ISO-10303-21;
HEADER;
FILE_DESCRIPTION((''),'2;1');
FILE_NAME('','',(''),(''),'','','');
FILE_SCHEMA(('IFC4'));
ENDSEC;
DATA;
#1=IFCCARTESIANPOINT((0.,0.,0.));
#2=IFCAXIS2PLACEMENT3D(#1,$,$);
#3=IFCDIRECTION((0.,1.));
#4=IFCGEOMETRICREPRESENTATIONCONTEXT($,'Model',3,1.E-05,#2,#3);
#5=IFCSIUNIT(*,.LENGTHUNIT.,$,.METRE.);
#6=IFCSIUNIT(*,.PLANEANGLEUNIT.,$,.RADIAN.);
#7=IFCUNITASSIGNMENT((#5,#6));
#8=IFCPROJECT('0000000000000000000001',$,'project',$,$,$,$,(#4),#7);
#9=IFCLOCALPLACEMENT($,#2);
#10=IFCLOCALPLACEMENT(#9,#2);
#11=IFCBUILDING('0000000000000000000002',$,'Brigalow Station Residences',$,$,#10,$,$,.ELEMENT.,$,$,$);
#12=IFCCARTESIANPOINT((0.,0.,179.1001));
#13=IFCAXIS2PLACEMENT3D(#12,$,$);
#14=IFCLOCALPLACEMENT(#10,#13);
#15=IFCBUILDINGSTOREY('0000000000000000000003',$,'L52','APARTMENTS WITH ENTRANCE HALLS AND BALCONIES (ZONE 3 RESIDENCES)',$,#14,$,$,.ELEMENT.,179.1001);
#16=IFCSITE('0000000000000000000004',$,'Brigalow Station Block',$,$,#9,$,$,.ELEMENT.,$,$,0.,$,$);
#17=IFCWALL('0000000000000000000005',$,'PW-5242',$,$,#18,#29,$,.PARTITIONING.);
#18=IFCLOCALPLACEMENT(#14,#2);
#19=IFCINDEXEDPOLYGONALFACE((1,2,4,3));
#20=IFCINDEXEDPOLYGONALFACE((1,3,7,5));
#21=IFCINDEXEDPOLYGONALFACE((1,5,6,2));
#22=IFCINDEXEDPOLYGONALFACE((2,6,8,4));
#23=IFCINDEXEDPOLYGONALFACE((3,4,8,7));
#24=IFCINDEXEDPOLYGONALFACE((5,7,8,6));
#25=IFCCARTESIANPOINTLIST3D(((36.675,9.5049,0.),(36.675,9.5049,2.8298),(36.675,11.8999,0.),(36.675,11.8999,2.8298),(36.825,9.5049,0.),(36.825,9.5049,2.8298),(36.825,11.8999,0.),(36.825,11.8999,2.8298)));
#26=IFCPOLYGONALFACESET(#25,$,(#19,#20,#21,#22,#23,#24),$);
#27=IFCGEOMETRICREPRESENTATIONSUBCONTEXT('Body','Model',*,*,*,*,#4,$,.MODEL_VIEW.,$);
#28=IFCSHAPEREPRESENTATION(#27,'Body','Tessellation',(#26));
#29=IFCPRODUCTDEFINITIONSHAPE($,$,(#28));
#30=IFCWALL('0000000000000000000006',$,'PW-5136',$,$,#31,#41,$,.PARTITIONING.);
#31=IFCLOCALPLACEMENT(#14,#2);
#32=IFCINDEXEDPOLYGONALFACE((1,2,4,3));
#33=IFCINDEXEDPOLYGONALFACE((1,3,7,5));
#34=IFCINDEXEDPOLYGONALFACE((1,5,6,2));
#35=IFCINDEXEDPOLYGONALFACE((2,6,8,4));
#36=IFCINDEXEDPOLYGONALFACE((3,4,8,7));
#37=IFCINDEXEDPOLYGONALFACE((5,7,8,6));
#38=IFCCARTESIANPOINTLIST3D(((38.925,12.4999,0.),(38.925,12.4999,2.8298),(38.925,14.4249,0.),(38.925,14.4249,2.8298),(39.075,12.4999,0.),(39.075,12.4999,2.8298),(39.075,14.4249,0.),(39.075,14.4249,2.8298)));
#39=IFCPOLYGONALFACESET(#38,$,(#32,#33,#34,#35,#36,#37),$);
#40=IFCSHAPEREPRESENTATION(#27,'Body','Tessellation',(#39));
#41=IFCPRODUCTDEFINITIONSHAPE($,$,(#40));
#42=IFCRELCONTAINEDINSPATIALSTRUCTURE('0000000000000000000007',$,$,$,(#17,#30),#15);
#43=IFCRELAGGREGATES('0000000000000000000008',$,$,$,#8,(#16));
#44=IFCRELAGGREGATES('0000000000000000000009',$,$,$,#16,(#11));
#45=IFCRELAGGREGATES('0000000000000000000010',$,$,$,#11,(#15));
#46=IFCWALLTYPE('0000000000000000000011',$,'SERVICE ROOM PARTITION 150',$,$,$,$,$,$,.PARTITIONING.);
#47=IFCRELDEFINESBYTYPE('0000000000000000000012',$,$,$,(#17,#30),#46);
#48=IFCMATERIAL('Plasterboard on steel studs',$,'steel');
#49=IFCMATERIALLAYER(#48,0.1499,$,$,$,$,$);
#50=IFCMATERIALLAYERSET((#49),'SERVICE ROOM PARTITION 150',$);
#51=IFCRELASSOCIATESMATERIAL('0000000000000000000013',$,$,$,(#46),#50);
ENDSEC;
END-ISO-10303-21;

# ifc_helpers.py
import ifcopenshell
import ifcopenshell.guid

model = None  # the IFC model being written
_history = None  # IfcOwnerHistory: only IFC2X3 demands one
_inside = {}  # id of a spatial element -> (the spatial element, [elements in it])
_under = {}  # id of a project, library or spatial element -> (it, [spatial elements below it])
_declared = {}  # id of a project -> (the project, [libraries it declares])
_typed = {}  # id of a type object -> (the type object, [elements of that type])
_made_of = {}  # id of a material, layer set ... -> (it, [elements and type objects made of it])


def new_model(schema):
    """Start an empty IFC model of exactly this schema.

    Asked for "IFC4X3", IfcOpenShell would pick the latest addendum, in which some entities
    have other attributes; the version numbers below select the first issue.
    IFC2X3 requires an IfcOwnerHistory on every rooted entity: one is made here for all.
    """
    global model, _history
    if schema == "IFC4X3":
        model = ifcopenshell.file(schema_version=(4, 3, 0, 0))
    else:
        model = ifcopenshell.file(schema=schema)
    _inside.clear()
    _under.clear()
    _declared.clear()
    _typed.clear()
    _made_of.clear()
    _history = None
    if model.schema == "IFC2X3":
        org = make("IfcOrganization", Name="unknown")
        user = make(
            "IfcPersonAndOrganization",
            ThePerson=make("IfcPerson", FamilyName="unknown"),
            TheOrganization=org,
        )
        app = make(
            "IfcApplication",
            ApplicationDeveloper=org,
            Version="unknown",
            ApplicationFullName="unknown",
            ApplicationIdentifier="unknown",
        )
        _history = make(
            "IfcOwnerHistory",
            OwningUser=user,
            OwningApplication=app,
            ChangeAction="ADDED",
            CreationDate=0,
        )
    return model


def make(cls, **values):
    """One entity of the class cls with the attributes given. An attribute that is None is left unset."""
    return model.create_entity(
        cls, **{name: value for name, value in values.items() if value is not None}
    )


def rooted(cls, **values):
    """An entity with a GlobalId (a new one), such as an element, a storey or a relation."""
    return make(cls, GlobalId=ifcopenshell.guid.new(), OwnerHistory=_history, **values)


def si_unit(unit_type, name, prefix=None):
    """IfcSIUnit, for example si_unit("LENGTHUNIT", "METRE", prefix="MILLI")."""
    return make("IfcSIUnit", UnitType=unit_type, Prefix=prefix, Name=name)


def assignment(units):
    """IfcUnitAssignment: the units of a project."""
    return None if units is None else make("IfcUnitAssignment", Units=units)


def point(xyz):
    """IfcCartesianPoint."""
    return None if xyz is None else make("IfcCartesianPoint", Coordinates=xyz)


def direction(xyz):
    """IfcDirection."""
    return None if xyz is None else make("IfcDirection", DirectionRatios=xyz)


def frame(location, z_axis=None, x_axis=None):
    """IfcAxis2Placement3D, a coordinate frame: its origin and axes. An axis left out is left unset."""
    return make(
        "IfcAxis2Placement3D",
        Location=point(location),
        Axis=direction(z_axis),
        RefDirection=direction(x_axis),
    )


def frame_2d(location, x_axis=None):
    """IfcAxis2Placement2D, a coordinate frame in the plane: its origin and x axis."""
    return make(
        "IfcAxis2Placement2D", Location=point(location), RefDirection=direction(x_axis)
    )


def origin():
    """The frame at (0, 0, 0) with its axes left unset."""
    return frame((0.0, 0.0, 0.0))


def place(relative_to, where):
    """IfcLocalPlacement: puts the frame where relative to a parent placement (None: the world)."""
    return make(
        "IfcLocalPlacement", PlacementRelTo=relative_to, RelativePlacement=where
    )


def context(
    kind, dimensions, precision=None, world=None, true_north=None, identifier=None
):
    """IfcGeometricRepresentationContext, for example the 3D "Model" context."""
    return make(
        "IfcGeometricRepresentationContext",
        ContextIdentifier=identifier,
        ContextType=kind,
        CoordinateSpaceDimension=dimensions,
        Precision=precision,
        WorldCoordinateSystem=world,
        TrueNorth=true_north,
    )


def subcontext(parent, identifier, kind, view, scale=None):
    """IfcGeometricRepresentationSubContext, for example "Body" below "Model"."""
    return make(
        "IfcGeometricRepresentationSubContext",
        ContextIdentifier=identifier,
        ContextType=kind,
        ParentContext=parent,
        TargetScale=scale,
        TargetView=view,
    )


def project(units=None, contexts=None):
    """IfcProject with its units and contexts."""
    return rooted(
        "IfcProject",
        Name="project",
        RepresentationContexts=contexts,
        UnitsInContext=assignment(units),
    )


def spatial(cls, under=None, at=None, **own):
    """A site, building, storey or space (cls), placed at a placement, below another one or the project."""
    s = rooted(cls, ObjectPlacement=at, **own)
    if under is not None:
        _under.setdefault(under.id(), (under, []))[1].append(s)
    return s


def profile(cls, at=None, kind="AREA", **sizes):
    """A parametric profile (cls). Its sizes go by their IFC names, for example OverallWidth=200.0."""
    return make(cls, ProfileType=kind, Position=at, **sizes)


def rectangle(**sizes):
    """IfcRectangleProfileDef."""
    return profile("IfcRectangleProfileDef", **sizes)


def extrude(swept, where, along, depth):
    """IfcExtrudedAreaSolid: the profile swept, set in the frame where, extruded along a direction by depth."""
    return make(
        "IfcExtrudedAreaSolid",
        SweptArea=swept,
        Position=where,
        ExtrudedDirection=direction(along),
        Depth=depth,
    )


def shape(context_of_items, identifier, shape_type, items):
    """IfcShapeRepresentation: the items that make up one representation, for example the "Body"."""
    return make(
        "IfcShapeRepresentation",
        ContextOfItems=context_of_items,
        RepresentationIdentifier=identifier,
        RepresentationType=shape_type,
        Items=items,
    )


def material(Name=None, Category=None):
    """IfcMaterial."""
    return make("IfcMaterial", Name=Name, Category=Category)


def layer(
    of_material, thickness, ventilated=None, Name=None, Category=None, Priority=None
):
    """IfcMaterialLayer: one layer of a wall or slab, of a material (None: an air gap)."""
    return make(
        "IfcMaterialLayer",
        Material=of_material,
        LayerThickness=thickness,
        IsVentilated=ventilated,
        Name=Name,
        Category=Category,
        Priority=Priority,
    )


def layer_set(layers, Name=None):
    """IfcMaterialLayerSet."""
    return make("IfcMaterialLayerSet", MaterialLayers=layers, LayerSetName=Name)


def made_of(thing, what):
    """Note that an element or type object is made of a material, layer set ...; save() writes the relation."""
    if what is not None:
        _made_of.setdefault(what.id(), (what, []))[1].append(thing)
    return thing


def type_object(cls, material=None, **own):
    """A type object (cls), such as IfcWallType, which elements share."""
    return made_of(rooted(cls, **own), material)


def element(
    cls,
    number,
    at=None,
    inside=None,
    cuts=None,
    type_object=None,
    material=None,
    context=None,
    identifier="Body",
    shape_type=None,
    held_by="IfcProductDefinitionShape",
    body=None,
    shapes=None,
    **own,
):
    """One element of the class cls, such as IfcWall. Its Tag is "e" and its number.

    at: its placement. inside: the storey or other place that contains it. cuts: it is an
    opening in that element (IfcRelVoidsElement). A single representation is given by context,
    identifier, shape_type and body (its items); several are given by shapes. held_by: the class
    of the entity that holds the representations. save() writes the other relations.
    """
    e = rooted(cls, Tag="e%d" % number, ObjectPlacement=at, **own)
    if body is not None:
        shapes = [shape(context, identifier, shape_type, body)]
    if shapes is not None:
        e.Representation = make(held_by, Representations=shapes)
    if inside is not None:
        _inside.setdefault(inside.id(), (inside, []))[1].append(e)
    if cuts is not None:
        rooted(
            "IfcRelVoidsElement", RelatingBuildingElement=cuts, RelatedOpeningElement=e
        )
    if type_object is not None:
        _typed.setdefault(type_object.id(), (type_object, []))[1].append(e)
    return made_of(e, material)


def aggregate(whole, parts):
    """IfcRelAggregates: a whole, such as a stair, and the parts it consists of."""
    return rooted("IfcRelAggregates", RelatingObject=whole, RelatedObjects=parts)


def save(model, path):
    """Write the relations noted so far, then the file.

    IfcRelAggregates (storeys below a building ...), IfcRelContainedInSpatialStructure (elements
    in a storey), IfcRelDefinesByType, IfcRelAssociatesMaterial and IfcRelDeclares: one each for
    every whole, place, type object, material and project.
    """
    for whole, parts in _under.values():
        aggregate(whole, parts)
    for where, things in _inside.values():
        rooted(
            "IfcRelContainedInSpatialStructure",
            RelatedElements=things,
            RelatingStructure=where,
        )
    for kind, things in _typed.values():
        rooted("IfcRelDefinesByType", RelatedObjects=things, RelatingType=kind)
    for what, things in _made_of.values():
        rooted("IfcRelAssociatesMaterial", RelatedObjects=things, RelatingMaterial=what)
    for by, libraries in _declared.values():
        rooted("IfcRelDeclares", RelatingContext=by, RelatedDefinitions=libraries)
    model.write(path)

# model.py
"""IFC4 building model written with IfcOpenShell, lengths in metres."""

from ifc_helpers import new_model, si_unit, direction, frame, frame_2d, origin, place, context, subcontext, project, spatial, rectangle, extrude, material, layer, layer_set, type_object, element, save


model = new_model("IFC4")

# Units and contexts
model_context = context("Model", 3, precision=1e-05, world=origin(), true_north=direction((0.0, 1.0)))
body_context = subcontext(model_context, "Body", "Model", "MODEL_VIEW")
ifc_project = project(units=[si_unit("LENGTHUNIT", "METRE"), si_unit("PLANEANGLEUNIT", "RADIAN")], contexts=[model_context])

# Site, building, storey
site_placement = place(None, origin())
site = spatial("IfcSite", under=ifc_project, at=site_placement, Name="Brigalow Station Block", CompositionType="ELEMENT", RefElevation=0.0)
building_placement = place(site_placement, origin())
building = spatial("IfcBuilding", under=site, at=building_placement, Name="Brigalow Station Residences", CompositionType="ELEMENT")
storey_placement = place(building_placement, frame((0.0, 0.0, 179.1001)))
storey = spatial("IfcBuildingStorey", under=building, at=storey_placement, Name="L52", Description="APARTMENTS WITH ENTRANCE HALLS AND BALCONIES (ZONE 3 RESIDENCES)", CompositionType="ELEMENT", Elevation=179.1001)

# Shared definitions
ifc_material_1 = material(Name="Plasterboard on steel studs", Category="steel")
ifc_layer_1 = layer(ifc_material_1, 0.1499)
ifc_layer_set_1 = layer_set([ifc_layer_1], Name="SERVICE ROOM PARTITION 150")
wall_type_1 = type_object("IfcWallType", Name="SERVICE ROOM PARTITION 150", PredefinedType="PARTITIONING", material=ifc_layer_set_1)

# Walls
wall_1_placement = place(storey_placement, frame((36.75, 9.5049, 0.0), z_axis=(0.0, 0.0, 1.0), x_axis=(0.0, 1.0, 0.0)))
element("IfcWall", 1, at=wall_1_placement, inside=storey, type_object=wall_type_1, Name="PW-5242", PredefinedType="PARTITIONING", context=body_context, shape_type="SweptSolid", body=[
    extrude(rectangle(XDim=2.395, YDim=0.1499, at=frame_2d((1.1975, 0.0))), origin(), (0.0, 0.0, 1.0), 2.8298),
])
wall_2_placement = place(storey_placement, frame((39.0, 12.5, 0.0), z_axis=(0.0, 0.0, 1.0), x_axis=(0.0, 1.0, 0.0)))
element("IfcWall", 2, at=wall_2_placement, inside=storey, type_object=wall_type_1, Name="PW-5136", PredefinedType="PARTITIONING", context=body_context, shape_type="SweptSolid", body=[
    extrude(rectangle(XDim=1.925, YDim=0.1499, at=frame_2d((0.9624, 0.0))), origin(), (0.0, 0.0, 1.0), 2.8298),
])

save(model, "model.ifc")
